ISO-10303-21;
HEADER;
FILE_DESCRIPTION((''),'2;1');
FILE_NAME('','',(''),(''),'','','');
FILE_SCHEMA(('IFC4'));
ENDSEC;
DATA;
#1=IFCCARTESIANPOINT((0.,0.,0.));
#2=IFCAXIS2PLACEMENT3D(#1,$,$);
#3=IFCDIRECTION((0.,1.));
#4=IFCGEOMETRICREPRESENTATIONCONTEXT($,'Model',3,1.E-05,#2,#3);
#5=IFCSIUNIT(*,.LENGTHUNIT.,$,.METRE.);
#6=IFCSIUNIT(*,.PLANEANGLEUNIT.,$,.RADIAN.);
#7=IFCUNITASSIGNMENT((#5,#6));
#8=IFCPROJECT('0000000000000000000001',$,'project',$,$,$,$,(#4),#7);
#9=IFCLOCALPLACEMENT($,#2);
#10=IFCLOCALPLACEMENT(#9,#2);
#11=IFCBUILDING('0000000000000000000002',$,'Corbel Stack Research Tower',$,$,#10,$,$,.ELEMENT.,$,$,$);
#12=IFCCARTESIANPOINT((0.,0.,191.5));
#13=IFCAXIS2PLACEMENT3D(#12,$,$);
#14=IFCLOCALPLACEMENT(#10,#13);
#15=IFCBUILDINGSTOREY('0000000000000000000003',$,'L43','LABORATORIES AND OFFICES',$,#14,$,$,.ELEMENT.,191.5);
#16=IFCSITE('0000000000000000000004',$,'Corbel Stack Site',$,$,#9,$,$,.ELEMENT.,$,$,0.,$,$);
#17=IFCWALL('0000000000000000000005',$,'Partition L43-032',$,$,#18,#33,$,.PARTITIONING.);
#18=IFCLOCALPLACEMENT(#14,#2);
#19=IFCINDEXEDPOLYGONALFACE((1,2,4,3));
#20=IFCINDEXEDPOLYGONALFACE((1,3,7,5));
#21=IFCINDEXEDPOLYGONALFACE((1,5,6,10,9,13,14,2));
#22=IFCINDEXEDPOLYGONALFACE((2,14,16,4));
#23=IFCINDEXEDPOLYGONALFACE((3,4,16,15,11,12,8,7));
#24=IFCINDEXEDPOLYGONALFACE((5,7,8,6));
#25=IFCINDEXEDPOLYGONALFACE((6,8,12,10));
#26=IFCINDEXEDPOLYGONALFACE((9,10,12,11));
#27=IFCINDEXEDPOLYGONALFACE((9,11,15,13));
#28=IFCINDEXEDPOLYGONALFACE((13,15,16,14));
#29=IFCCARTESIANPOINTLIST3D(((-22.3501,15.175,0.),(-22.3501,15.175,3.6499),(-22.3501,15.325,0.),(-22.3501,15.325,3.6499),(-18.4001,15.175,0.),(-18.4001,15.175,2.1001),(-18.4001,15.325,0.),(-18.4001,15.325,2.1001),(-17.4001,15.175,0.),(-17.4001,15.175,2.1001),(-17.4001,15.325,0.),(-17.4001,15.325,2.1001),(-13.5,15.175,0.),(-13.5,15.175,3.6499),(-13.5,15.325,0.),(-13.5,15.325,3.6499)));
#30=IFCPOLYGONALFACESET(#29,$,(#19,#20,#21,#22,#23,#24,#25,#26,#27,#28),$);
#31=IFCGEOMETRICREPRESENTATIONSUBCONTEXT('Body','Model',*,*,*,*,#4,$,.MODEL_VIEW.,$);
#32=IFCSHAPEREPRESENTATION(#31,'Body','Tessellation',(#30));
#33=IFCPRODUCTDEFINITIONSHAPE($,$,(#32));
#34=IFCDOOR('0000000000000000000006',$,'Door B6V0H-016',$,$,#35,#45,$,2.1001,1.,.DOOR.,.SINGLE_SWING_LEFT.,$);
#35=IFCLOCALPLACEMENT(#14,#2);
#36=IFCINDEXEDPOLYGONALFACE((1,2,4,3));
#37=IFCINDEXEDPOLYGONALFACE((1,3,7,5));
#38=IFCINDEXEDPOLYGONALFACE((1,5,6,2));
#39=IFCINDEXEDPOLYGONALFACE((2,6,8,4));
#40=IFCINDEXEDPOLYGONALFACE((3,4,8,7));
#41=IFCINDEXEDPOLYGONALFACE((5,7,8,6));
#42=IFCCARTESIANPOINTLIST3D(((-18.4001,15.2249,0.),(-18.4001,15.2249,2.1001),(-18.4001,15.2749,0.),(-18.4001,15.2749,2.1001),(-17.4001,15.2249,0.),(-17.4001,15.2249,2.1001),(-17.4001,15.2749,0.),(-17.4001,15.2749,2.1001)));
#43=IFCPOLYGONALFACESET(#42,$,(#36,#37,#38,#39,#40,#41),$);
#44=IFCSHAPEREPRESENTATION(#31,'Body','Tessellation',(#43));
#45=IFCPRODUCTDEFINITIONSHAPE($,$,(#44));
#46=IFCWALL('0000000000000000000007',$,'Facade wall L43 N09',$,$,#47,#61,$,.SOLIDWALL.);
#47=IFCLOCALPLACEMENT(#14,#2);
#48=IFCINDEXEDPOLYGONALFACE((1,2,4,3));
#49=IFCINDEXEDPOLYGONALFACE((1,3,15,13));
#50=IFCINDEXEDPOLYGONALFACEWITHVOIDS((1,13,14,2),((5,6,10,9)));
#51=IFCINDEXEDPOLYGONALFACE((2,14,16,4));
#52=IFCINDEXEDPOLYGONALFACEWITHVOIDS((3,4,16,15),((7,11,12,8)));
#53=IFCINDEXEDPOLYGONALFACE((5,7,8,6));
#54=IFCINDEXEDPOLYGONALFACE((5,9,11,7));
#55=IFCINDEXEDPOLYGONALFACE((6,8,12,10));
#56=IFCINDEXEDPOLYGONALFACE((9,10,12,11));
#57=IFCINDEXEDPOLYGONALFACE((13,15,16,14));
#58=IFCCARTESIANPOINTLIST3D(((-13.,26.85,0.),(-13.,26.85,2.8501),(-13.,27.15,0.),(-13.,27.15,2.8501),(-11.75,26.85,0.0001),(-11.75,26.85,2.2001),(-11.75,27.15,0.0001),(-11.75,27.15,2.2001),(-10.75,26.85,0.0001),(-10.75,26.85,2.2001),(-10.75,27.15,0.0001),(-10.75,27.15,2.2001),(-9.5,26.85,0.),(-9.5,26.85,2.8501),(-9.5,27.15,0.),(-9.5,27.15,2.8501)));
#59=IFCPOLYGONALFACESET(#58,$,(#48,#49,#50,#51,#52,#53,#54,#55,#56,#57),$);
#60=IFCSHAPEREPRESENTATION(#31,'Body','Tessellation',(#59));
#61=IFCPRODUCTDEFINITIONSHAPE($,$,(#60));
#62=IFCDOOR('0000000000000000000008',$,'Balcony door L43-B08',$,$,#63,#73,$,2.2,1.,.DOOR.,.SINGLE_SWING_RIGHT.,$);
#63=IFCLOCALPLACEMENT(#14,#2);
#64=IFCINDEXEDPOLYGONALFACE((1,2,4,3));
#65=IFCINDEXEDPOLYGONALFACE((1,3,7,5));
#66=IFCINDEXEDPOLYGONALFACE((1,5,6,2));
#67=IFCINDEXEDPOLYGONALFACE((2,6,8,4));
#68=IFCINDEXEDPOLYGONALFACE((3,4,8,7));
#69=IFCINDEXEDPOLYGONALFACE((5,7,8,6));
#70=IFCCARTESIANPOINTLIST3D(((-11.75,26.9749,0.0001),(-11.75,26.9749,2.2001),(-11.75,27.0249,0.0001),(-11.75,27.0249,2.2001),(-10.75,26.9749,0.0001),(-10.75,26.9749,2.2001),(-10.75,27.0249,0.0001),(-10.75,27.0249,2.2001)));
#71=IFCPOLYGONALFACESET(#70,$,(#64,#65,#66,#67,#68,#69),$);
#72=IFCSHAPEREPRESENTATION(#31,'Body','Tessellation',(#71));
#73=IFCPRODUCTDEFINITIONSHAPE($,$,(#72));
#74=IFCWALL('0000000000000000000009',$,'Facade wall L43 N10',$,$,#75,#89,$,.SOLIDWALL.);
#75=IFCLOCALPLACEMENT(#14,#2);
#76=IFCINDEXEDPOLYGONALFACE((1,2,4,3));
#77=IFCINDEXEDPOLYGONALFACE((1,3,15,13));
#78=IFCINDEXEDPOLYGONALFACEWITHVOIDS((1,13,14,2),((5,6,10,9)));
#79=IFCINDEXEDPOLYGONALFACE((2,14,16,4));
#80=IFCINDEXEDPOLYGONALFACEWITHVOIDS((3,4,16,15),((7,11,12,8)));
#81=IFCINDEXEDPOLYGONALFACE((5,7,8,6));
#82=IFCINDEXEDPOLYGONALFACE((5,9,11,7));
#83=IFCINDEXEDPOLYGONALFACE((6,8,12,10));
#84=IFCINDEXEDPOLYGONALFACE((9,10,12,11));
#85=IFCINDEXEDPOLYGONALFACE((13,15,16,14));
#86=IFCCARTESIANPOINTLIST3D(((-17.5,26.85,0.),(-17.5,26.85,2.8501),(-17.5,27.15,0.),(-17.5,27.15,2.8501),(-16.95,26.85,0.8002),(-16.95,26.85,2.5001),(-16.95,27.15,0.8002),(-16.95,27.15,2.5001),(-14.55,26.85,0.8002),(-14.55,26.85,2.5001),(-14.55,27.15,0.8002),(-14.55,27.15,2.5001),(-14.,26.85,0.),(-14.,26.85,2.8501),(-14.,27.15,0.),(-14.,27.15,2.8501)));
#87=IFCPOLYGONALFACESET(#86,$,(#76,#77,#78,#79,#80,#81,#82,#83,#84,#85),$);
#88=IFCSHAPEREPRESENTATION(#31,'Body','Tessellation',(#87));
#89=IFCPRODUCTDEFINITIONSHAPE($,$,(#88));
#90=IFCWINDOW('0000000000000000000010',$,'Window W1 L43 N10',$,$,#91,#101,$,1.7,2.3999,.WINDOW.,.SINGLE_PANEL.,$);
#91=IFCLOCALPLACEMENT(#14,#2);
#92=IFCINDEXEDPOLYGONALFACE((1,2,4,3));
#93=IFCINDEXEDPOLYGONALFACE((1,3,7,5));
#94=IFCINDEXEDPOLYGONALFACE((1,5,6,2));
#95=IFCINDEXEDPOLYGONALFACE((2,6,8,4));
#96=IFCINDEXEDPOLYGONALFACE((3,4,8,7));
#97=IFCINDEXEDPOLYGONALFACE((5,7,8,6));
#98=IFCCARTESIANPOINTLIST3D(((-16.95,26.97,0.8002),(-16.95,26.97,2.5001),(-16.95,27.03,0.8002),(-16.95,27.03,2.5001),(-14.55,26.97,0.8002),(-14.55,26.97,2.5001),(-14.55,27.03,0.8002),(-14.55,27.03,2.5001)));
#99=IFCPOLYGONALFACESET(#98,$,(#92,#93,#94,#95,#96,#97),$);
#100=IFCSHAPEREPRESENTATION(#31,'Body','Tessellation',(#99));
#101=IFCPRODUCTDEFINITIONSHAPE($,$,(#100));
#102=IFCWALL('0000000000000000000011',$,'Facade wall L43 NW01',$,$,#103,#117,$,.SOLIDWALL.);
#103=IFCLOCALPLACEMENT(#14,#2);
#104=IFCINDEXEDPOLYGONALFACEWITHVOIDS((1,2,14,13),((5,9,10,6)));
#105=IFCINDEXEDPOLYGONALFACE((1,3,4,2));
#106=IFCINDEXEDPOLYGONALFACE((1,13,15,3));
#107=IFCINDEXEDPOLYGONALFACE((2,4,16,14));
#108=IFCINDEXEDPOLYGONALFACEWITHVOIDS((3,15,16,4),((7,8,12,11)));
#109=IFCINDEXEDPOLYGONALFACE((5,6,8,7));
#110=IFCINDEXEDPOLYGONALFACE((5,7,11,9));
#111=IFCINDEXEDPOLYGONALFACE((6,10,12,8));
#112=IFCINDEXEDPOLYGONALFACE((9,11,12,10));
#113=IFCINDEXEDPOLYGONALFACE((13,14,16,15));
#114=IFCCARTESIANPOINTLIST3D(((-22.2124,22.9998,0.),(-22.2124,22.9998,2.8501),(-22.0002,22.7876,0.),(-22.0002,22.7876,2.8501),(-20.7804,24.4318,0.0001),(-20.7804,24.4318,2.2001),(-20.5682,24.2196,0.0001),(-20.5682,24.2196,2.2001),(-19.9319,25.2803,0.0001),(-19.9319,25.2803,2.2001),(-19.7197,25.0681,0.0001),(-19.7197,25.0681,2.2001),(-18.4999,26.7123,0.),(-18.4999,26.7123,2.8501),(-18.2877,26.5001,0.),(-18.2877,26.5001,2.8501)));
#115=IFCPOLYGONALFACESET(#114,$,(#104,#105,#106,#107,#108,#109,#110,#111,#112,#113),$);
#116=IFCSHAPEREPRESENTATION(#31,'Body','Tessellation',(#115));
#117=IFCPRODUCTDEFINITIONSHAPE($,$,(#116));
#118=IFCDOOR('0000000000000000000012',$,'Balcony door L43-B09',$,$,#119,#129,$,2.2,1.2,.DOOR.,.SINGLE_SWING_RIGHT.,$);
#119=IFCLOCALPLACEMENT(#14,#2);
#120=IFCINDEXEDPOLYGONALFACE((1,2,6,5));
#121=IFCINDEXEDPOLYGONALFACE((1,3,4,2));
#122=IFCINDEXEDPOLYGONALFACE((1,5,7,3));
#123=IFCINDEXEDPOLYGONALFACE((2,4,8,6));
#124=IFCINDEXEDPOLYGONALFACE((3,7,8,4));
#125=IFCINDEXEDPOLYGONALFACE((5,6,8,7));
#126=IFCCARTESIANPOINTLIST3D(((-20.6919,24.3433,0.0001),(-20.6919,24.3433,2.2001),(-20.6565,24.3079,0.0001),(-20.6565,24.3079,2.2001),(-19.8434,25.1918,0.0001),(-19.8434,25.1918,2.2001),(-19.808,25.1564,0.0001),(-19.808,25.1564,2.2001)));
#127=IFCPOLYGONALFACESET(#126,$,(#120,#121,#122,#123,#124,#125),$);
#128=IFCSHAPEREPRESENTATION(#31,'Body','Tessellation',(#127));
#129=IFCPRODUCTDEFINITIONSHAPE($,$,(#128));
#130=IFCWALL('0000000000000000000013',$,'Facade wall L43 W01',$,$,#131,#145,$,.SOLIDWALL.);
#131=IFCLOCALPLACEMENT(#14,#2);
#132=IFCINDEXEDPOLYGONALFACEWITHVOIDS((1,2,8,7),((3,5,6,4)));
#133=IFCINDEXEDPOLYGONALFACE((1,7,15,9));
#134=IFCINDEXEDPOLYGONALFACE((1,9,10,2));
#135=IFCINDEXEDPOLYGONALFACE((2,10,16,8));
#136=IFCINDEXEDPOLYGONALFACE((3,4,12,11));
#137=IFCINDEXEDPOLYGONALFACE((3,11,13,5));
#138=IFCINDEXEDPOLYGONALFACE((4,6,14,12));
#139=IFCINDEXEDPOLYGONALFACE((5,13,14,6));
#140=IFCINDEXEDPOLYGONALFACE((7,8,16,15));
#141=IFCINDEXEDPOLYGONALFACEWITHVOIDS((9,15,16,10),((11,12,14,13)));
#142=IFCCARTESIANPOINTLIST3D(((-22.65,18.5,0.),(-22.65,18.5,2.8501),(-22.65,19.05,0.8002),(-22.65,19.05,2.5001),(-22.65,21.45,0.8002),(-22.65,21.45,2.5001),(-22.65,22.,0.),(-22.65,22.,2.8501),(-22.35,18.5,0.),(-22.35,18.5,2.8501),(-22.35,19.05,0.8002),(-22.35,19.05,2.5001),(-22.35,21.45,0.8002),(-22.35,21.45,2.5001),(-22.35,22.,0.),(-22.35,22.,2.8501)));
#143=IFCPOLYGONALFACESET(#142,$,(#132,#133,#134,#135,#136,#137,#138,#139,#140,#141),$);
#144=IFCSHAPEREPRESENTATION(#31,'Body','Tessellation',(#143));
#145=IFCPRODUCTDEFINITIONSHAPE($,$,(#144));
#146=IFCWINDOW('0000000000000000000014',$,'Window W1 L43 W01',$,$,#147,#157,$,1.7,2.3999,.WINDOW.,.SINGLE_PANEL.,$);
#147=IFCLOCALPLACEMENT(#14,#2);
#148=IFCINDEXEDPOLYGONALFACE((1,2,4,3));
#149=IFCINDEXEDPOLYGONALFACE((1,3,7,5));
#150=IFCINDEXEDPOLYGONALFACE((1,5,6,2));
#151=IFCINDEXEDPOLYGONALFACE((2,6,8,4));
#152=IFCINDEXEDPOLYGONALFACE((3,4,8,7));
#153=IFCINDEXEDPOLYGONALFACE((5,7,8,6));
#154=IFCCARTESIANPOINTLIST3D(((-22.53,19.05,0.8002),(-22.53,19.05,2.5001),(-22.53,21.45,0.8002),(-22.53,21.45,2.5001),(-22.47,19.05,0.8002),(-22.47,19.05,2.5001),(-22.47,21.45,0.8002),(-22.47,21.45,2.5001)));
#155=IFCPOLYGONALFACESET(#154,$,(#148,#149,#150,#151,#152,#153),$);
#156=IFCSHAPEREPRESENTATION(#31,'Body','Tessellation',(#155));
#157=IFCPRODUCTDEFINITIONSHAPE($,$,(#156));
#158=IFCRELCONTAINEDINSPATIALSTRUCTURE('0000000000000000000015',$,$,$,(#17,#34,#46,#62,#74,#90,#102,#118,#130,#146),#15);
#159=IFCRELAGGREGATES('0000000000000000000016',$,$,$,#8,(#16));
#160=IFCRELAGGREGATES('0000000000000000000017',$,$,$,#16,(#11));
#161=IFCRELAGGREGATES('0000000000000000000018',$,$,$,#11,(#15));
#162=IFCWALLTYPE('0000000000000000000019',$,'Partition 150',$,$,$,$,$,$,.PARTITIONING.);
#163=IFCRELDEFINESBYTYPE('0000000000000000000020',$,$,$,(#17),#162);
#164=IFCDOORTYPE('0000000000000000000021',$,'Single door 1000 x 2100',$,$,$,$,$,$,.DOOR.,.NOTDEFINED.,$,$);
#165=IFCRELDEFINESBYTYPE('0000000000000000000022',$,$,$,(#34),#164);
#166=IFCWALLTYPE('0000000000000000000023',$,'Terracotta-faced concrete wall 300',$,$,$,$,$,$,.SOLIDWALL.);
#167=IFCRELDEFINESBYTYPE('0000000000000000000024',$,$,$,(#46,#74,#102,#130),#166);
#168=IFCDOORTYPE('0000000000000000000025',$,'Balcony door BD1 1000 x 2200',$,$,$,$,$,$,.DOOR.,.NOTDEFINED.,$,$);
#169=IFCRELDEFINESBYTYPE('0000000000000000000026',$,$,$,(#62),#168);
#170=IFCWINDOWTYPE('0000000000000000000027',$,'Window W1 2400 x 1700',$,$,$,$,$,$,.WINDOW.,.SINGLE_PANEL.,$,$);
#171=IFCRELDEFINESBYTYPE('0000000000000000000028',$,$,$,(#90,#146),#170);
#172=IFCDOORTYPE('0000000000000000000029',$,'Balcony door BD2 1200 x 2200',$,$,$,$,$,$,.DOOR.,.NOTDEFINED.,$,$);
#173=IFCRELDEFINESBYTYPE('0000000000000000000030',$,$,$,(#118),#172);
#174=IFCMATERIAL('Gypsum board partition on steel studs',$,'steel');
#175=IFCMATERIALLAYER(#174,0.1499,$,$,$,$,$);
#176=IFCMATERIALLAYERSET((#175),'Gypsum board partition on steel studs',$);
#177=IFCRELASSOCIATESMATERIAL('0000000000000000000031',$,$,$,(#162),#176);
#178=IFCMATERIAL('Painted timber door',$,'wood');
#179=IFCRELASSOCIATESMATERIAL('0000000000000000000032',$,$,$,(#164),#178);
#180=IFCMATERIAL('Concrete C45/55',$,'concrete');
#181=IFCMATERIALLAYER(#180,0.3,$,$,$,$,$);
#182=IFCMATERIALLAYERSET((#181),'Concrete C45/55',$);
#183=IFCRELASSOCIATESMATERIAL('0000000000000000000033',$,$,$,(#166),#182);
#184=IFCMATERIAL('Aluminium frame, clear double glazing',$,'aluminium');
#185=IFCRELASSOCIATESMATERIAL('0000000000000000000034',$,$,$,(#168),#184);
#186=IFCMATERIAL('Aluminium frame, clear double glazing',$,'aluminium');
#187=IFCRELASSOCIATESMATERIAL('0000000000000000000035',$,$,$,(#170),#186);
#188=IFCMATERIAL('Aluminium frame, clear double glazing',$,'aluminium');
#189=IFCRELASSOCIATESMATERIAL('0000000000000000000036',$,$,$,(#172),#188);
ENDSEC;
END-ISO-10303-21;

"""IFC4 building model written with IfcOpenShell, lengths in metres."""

from ifc_helpers import new_model, si_unit, direction, frame, frame_2d, origin, place, context, subcontext, project, spatial, rectangle, extrude, material, layer, layer_set, type_object, element, fill, save


model = new_model("IFC4")

# Units and contexts
model_context = context("Model", 3, precision=1e-05, world=origin(), true_north=direction((0.0, 1.0)))
body_context = subcontext(model_context, "Body", "Model", "MODEL_VIEW")
ifc_project = project(units=[si_unit("LENGTHUNIT", "METRE"), si_unit("PLANEANGLEUNIT", "RADIAN")], contexts=[model_context])

# Site, building, storey
site_placement = place(None, origin())
site = spatial("IfcSite", under=ifc_project, at=site_placement, Name="Corbel Stack Site", CompositionType="ELEMENT", RefElevation=0.0)
building_placement = place(site_placement, origin())
building = spatial("IfcBuilding", under=site, at=building_placement, Name="Corbel Stack Research Tower", CompositionType="ELEMENT")
storey_placement = place(building_placement, frame((0.0, 0.0, 191.5)))
storey = spatial("IfcBuildingStorey", under=building, at=storey_placement, Name="L43", Description="LABORATORIES AND OFFICES", CompositionType="ELEMENT", Elevation=191.5)

# Walls, openings, doors
ifc_material_1 = material(Name="Gypsum board partition on steel studs", Category="steel")
ifc_layer_1 = layer(ifc_material_1, 0.1499)
ifc_layer_set_1 = layer_set([ifc_layer_1], Name="Gypsum board partition on steel studs")
wall_type_1 = type_object("IfcWallType", Name="Partition 150", PredefinedType="PARTITIONING", material=ifc_layer_set_1)
wall_1_placement = place(storey_placement, frame((-22.3501, 15.25, 0.0), z_axis=(0.0, 0.0, 1.0), x_axis=(1.0, 0.0, 0.0)))
wall_1 = element("IfcWall", 1, at=wall_1_placement, inside=storey, type_object=wall_type_1, Name="Partition L43-032", PredefinedType="PARTITIONING", context=body_context, shape_type="SweptSolid", body=[
    extrude(rectangle(XDim=8.8501, YDim=0.1499, at=frame_2d((4.425, 0.0))), origin(), (0.0, 0.0, 1.0), 3.6499),
])
opening_1_placement = place(wall_1_placement, frame((3.95, 0.0, 0.0)))
opening_1 = element("IfcOpeningElement", 2, at=opening_1_placement, cuts=wall_1, PredefinedType="OPENING", context=body_context, shape_type="SweptSolid", body=[
    extrude(rectangle(XDim=1.0, YDim=2.1001, at=frame_2d((0.5, 1.05))), frame((0.0, 0.085, 0.0), z_axis=(0.0, -1.0, 0.0), x_axis=(1.0, 0.0, 0.0)), (0.0, 0.0, 1.0), 0.1699),
])
ifc_material_2 = material(Name="Painted timber door", Category="wood")
door_type_1 = type_object("IfcDoorType", Name="Single door 1000 x 2100", OperationType="NOTDEFINED", PredefinedType="DOOR", material=ifc_material_2)
door_1_placement = place(opening_1_placement, origin())
door_1 = element("IfcDoor", 3, at=door_1_placement, inside=storey, type_object=door_type_1, Name="Door B6V0H-016", OperationType="SINGLE_SWING_LEFT", OverallHeight=2.1001, OverallWidth=1.0, PredefinedType="DOOR", context=body_context, shape_type="SweptSolid", body=[
    extrude(rectangle(XDim=1.0, YDim=2.1001, at=frame_2d((0.5, 1.05))), frame((0.0, 0.0249, 0.0), z_axis=(0.0, -1.0, 0.0), x_axis=(1.0, 0.0, 0.0)), (0.0, 0.0, 1.0), 0.05),
])
fill(opening_1, door_1)
ifc_material_3 = material(Name="Concrete C45/55", Category="concrete")
ifc_layer_2 = layer(ifc_material_3, 0.3)
ifc_layer_set_2 = layer_set([ifc_layer_2], Name="Concrete C45/55")
wall_type_2 = type_object("IfcWallType", Name="Terracotta-faced concrete wall 300", PredefinedType="SOLIDWALL", material=ifc_layer_set_2)
wall_2_placement = place(storey_placement, frame((-13.0, 27.0, 0.0), z_axis=(0.0, 0.0, 1.0), x_axis=(1.0, 0.0, 0.0)))
wall_2 = element("IfcWall", 4, at=wall_2_placement, inside=storey, type_object=wall_type_2, Name="Facade wall L43 N09", PredefinedType="SOLIDWALL", context=body_context, shape_type="SweptSolid", body=[
    extrude(rectangle(XDim=3.5, YDim=0.3, at=frame_2d((1.75, 0.0))), origin(), (0.0, 0.0, 1.0), 2.8501),
])
opening_2_placement = place(wall_2_placement, frame((1.25, 0.0, 0.0)))
opening_2 = element("IfcOpeningElement", 5, at=opening_2_placement, cuts=wall_2, PredefinedType="OPENING", context=body_context, shape_type="SweptSolid", body=[
    extrude(rectangle(XDim=1.0, YDim=2.2, at=frame_2d((0.5, 1.1001))), frame((0.0, 0.1599, 0.0), z_axis=(0.0, -1.0, 0.0), x_axis=(1.0, 0.0, 0.0)), (0.0, 0.0, 1.0), 0.3201),
])
ifc_material_4 = material(Name="Aluminium frame, clear double glazing", Category="aluminium")
door_type_2 = type_object("IfcDoorType", Name="Balcony door BD1 1000 x 2200", OperationType="NOTDEFINED", PredefinedType="DOOR", material=ifc_material_4)
door_2_placement = place(opening_2_placement, origin())
door_2 = element("IfcDoor", 6, at=door_2_placement, inside=storey, type_object=door_type_2, Name="Balcony door L43-B08", OperationType="SINGLE_SWING_RIGHT", OverallHeight=2.2, OverallWidth=1.0, PredefinedType="DOOR", context=body_context, shape_type="SweptSolid", body=[
    extrude(rectangle(XDim=1.0, YDim=2.2, at=frame_2d((0.5, 1.1001))), frame((0.0, 0.0249, 0.0), z_axis=(0.0, -1.0, 0.0), x_axis=(1.0, 0.0, 0.0)), (0.0, 0.0, 1.0), 0.05),
])
fill(opening_2, door_2)

# Wall, opening, window
wall_3_placement = place(storey_placement, frame((-17.5, 27.0, 0.0), z_axis=(0.0, 0.0, 1.0), x_axis=(1.0, 0.0, 0.0)))
wall_3 = element("IfcWall", 7, at=wall_3_placement, inside=storey, type_object=wall_type_2, Name="Facade wall L43 N10", PredefinedType="SOLIDWALL", context=body_context, shape_type="SweptSolid", body=[
    extrude(rectangle(XDim=3.5, YDim=0.3, at=frame_2d((1.75, 0.0))), origin(), (0.0, 0.0, 1.0), 2.8501),
])
opening_3_placement = place(wall_3_placement, frame((0.55, 0.0, 0.8)))
opening_3 = element("IfcOpeningElement", 8, at=opening_3_placement, cuts=wall_3, PredefinedType="OPENING", context=body_context, shape_type="SweptSolid", body=[
    extrude(rectangle(XDim=2.3999, YDim=1.7, at=frame_2d((1.2, 0.8501))), frame((0.0, 0.1599, 0.0), z_axis=(0.0, -1.0, 0.0), x_axis=(1.0, 0.0, 0.0)), (0.0, 0.0, 1.0), 0.3201),
])
ifc_material_5 = material(Name="Aluminium frame, clear double glazing", Category="aluminium")
window_type = type_object("IfcWindowType", Name="Window W1 2400 x 1700", PartitioningType="SINGLE_PANEL", PredefinedType="WINDOW", material=ifc_material_5)
window_1_placement = place(opening_3_placement, origin())
window_1 = element("IfcWindow", 9, at=window_1_placement, inside=storey, type_object=window_type, Name="Window W1 L43 N10", OverallHeight=1.7, OverallWidth=2.3999, PartitioningType="SINGLE_PANEL", PredefinedType="WINDOW", context=body_context, shape_type="SweptSolid", body=[
    extrude(rectangle(XDim=2.3999, YDim=1.7, at=frame_2d((1.2, 0.8501))), frame((0.0, 0.03, 0.0), z_axis=(0.0, -1.0, 0.0), x_axis=(1.0, 0.0, 0.0)), (0.0, 0.0, 1.0), 0.0601),
])
fill(opening_3, window_1)

# Wall, opening, door
wall_4_placement = place(storey_placement, frame((-22.1062, 22.8938, 0.0), z_axis=(0.0, 0.0, 1.0), x_axis=(0.707107, 0.707107, 0.0)))
wall_4 = element("IfcWall", 10, at=wall_4_placement, inside=storey, type_object=wall_type_2, Name="Facade wall L43 NW01", PredefinedType="SOLIDWALL", context=body_context, shape_type="SweptSolid", body=[
    extrude(rectangle(XDim=5.2502, YDim=0.3, at=frame_2d((2.625, 0.0))), origin(), (0.0, 0.0, 1.0), 2.8501),
])
opening_4_placement = place(wall_4_placement, frame((2.0249, 0.0, 0.0)))
opening_4 = element("IfcOpeningElement", 11, at=opening_4_placement, cuts=wall_4, PredefinedType="OPENING", context=body_context, shape_type="SweptSolid", body=[
    extrude(rectangle(XDim=1.2, YDim=2.2, at=frame_2d((0.6001, 1.1001))), frame((0.0, 0.1599, 0.0), z_axis=(0.0, -1.0, 0.0), x_axis=(1.0, 0.0, 0.0)), (0.0, 0.0, 1.0), 0.3201),
])
ifc_material_6 = material(Name="Aluminium frame, clear double glazing", Category="aluminium")
door_type_3 = type_object("IfcDoorType", Name="Balcony door BD2 1200 x 2200", OperationType="NOTDEFINED", PredefinedType="DOOR", material=ifc_material_6)
door_3_placement = place(opening_4_placement, origin())
door_3 = element("IfcDoor", 12, at=door_3_placement, inside=storey, type_object=door_type_3, Name="Balcony door L43-B09", OperationType="SINGLE_SWING_RIGHT", OverallHeight=2.2, OverallWidth=1.2, PredefinedType="DOOR", context=body_context, shape_type="SweptSolid", body=[
    extrude(rectangle(XDim=1.2, YDim=2.2, at=frame_2d((0.6001, 1.1001))), frame((0.0, 0.0249, 0.0), z_axis=(0.0, -1.0, 0.0), x_axis=(1.0, 0.0, 0.0)), (0.0, 0.0, 1.0), 0.05),
])
fill(opening_4, door_3)

# Wall, opening, window
wall_5_placement = place(storey_placement, frame((-22.5, 18.5, 0.0), z_axis=(0.0, 0.0, 1.0), x_axis=(0.0, 1.0, 0.0)))
wall_5 = element("IfcWall", 13, at=wall_5_placement, inside=storey, type_object=wall_type_2, Name="Facade wall L43 W01", PredefinedType="SOLIDWALL", context=body_context, shape_type="SweptSolid", body=[
    extrude(rectangle(XDim=3.5, YDim=0.3, at=frame_2d((1.75, 0.0))), origin(), (0.0, 0.0, 1.0), 2.8501),
])
opening_5_placement = place(wall_5_placement, frame((0.55, 0.0, 0.8)))
opening_5 = element("IfcOpeningElement", 14, at=opening_5_placement, cuts=wall_5, PredefinedType="OPENING", context=body_context, shape_type="SweptSolid", body=[
    extrude(rectangle(XDim=2.3999, YDim=1.7, at=frame_2d((1.2, 0.8501))), frame((0.0, 0.1599, 0.0), z_axis=(0.0, -1.0, 0.0), x_axis=(1.0, 0.0, 0.0)), (0.0, 0.0, 1.0), 0.3201),
])
window_2_placement = place(opening_5_placement, origin())
window_2 = element("IfcWindow", 15, at=window_2_placement, inside=storey, type_object=window_type, Name="Window W1 L43 W01", OverallHeight=1.7, OverallWidth=2.3999, PartitioningType="SINGLE_PANEL", PredefinedType="WINDOW", context=body_context, shape_type="SweptSolid", body=[
    extrude(rectangle(XDim=2.3999, YDim=1.7, at=frame_2d((1.2, 0.8501))), frame((0.0, 0.03, 0.0), z_axis=(0.0, -1.0, 0.0), x_axis=(1.0, 0.0, 0.0)), (0.0, 0.0, 1.0), 0.0601),
])
fill(opening_5, window_2)

save(model, "model.ifc")
